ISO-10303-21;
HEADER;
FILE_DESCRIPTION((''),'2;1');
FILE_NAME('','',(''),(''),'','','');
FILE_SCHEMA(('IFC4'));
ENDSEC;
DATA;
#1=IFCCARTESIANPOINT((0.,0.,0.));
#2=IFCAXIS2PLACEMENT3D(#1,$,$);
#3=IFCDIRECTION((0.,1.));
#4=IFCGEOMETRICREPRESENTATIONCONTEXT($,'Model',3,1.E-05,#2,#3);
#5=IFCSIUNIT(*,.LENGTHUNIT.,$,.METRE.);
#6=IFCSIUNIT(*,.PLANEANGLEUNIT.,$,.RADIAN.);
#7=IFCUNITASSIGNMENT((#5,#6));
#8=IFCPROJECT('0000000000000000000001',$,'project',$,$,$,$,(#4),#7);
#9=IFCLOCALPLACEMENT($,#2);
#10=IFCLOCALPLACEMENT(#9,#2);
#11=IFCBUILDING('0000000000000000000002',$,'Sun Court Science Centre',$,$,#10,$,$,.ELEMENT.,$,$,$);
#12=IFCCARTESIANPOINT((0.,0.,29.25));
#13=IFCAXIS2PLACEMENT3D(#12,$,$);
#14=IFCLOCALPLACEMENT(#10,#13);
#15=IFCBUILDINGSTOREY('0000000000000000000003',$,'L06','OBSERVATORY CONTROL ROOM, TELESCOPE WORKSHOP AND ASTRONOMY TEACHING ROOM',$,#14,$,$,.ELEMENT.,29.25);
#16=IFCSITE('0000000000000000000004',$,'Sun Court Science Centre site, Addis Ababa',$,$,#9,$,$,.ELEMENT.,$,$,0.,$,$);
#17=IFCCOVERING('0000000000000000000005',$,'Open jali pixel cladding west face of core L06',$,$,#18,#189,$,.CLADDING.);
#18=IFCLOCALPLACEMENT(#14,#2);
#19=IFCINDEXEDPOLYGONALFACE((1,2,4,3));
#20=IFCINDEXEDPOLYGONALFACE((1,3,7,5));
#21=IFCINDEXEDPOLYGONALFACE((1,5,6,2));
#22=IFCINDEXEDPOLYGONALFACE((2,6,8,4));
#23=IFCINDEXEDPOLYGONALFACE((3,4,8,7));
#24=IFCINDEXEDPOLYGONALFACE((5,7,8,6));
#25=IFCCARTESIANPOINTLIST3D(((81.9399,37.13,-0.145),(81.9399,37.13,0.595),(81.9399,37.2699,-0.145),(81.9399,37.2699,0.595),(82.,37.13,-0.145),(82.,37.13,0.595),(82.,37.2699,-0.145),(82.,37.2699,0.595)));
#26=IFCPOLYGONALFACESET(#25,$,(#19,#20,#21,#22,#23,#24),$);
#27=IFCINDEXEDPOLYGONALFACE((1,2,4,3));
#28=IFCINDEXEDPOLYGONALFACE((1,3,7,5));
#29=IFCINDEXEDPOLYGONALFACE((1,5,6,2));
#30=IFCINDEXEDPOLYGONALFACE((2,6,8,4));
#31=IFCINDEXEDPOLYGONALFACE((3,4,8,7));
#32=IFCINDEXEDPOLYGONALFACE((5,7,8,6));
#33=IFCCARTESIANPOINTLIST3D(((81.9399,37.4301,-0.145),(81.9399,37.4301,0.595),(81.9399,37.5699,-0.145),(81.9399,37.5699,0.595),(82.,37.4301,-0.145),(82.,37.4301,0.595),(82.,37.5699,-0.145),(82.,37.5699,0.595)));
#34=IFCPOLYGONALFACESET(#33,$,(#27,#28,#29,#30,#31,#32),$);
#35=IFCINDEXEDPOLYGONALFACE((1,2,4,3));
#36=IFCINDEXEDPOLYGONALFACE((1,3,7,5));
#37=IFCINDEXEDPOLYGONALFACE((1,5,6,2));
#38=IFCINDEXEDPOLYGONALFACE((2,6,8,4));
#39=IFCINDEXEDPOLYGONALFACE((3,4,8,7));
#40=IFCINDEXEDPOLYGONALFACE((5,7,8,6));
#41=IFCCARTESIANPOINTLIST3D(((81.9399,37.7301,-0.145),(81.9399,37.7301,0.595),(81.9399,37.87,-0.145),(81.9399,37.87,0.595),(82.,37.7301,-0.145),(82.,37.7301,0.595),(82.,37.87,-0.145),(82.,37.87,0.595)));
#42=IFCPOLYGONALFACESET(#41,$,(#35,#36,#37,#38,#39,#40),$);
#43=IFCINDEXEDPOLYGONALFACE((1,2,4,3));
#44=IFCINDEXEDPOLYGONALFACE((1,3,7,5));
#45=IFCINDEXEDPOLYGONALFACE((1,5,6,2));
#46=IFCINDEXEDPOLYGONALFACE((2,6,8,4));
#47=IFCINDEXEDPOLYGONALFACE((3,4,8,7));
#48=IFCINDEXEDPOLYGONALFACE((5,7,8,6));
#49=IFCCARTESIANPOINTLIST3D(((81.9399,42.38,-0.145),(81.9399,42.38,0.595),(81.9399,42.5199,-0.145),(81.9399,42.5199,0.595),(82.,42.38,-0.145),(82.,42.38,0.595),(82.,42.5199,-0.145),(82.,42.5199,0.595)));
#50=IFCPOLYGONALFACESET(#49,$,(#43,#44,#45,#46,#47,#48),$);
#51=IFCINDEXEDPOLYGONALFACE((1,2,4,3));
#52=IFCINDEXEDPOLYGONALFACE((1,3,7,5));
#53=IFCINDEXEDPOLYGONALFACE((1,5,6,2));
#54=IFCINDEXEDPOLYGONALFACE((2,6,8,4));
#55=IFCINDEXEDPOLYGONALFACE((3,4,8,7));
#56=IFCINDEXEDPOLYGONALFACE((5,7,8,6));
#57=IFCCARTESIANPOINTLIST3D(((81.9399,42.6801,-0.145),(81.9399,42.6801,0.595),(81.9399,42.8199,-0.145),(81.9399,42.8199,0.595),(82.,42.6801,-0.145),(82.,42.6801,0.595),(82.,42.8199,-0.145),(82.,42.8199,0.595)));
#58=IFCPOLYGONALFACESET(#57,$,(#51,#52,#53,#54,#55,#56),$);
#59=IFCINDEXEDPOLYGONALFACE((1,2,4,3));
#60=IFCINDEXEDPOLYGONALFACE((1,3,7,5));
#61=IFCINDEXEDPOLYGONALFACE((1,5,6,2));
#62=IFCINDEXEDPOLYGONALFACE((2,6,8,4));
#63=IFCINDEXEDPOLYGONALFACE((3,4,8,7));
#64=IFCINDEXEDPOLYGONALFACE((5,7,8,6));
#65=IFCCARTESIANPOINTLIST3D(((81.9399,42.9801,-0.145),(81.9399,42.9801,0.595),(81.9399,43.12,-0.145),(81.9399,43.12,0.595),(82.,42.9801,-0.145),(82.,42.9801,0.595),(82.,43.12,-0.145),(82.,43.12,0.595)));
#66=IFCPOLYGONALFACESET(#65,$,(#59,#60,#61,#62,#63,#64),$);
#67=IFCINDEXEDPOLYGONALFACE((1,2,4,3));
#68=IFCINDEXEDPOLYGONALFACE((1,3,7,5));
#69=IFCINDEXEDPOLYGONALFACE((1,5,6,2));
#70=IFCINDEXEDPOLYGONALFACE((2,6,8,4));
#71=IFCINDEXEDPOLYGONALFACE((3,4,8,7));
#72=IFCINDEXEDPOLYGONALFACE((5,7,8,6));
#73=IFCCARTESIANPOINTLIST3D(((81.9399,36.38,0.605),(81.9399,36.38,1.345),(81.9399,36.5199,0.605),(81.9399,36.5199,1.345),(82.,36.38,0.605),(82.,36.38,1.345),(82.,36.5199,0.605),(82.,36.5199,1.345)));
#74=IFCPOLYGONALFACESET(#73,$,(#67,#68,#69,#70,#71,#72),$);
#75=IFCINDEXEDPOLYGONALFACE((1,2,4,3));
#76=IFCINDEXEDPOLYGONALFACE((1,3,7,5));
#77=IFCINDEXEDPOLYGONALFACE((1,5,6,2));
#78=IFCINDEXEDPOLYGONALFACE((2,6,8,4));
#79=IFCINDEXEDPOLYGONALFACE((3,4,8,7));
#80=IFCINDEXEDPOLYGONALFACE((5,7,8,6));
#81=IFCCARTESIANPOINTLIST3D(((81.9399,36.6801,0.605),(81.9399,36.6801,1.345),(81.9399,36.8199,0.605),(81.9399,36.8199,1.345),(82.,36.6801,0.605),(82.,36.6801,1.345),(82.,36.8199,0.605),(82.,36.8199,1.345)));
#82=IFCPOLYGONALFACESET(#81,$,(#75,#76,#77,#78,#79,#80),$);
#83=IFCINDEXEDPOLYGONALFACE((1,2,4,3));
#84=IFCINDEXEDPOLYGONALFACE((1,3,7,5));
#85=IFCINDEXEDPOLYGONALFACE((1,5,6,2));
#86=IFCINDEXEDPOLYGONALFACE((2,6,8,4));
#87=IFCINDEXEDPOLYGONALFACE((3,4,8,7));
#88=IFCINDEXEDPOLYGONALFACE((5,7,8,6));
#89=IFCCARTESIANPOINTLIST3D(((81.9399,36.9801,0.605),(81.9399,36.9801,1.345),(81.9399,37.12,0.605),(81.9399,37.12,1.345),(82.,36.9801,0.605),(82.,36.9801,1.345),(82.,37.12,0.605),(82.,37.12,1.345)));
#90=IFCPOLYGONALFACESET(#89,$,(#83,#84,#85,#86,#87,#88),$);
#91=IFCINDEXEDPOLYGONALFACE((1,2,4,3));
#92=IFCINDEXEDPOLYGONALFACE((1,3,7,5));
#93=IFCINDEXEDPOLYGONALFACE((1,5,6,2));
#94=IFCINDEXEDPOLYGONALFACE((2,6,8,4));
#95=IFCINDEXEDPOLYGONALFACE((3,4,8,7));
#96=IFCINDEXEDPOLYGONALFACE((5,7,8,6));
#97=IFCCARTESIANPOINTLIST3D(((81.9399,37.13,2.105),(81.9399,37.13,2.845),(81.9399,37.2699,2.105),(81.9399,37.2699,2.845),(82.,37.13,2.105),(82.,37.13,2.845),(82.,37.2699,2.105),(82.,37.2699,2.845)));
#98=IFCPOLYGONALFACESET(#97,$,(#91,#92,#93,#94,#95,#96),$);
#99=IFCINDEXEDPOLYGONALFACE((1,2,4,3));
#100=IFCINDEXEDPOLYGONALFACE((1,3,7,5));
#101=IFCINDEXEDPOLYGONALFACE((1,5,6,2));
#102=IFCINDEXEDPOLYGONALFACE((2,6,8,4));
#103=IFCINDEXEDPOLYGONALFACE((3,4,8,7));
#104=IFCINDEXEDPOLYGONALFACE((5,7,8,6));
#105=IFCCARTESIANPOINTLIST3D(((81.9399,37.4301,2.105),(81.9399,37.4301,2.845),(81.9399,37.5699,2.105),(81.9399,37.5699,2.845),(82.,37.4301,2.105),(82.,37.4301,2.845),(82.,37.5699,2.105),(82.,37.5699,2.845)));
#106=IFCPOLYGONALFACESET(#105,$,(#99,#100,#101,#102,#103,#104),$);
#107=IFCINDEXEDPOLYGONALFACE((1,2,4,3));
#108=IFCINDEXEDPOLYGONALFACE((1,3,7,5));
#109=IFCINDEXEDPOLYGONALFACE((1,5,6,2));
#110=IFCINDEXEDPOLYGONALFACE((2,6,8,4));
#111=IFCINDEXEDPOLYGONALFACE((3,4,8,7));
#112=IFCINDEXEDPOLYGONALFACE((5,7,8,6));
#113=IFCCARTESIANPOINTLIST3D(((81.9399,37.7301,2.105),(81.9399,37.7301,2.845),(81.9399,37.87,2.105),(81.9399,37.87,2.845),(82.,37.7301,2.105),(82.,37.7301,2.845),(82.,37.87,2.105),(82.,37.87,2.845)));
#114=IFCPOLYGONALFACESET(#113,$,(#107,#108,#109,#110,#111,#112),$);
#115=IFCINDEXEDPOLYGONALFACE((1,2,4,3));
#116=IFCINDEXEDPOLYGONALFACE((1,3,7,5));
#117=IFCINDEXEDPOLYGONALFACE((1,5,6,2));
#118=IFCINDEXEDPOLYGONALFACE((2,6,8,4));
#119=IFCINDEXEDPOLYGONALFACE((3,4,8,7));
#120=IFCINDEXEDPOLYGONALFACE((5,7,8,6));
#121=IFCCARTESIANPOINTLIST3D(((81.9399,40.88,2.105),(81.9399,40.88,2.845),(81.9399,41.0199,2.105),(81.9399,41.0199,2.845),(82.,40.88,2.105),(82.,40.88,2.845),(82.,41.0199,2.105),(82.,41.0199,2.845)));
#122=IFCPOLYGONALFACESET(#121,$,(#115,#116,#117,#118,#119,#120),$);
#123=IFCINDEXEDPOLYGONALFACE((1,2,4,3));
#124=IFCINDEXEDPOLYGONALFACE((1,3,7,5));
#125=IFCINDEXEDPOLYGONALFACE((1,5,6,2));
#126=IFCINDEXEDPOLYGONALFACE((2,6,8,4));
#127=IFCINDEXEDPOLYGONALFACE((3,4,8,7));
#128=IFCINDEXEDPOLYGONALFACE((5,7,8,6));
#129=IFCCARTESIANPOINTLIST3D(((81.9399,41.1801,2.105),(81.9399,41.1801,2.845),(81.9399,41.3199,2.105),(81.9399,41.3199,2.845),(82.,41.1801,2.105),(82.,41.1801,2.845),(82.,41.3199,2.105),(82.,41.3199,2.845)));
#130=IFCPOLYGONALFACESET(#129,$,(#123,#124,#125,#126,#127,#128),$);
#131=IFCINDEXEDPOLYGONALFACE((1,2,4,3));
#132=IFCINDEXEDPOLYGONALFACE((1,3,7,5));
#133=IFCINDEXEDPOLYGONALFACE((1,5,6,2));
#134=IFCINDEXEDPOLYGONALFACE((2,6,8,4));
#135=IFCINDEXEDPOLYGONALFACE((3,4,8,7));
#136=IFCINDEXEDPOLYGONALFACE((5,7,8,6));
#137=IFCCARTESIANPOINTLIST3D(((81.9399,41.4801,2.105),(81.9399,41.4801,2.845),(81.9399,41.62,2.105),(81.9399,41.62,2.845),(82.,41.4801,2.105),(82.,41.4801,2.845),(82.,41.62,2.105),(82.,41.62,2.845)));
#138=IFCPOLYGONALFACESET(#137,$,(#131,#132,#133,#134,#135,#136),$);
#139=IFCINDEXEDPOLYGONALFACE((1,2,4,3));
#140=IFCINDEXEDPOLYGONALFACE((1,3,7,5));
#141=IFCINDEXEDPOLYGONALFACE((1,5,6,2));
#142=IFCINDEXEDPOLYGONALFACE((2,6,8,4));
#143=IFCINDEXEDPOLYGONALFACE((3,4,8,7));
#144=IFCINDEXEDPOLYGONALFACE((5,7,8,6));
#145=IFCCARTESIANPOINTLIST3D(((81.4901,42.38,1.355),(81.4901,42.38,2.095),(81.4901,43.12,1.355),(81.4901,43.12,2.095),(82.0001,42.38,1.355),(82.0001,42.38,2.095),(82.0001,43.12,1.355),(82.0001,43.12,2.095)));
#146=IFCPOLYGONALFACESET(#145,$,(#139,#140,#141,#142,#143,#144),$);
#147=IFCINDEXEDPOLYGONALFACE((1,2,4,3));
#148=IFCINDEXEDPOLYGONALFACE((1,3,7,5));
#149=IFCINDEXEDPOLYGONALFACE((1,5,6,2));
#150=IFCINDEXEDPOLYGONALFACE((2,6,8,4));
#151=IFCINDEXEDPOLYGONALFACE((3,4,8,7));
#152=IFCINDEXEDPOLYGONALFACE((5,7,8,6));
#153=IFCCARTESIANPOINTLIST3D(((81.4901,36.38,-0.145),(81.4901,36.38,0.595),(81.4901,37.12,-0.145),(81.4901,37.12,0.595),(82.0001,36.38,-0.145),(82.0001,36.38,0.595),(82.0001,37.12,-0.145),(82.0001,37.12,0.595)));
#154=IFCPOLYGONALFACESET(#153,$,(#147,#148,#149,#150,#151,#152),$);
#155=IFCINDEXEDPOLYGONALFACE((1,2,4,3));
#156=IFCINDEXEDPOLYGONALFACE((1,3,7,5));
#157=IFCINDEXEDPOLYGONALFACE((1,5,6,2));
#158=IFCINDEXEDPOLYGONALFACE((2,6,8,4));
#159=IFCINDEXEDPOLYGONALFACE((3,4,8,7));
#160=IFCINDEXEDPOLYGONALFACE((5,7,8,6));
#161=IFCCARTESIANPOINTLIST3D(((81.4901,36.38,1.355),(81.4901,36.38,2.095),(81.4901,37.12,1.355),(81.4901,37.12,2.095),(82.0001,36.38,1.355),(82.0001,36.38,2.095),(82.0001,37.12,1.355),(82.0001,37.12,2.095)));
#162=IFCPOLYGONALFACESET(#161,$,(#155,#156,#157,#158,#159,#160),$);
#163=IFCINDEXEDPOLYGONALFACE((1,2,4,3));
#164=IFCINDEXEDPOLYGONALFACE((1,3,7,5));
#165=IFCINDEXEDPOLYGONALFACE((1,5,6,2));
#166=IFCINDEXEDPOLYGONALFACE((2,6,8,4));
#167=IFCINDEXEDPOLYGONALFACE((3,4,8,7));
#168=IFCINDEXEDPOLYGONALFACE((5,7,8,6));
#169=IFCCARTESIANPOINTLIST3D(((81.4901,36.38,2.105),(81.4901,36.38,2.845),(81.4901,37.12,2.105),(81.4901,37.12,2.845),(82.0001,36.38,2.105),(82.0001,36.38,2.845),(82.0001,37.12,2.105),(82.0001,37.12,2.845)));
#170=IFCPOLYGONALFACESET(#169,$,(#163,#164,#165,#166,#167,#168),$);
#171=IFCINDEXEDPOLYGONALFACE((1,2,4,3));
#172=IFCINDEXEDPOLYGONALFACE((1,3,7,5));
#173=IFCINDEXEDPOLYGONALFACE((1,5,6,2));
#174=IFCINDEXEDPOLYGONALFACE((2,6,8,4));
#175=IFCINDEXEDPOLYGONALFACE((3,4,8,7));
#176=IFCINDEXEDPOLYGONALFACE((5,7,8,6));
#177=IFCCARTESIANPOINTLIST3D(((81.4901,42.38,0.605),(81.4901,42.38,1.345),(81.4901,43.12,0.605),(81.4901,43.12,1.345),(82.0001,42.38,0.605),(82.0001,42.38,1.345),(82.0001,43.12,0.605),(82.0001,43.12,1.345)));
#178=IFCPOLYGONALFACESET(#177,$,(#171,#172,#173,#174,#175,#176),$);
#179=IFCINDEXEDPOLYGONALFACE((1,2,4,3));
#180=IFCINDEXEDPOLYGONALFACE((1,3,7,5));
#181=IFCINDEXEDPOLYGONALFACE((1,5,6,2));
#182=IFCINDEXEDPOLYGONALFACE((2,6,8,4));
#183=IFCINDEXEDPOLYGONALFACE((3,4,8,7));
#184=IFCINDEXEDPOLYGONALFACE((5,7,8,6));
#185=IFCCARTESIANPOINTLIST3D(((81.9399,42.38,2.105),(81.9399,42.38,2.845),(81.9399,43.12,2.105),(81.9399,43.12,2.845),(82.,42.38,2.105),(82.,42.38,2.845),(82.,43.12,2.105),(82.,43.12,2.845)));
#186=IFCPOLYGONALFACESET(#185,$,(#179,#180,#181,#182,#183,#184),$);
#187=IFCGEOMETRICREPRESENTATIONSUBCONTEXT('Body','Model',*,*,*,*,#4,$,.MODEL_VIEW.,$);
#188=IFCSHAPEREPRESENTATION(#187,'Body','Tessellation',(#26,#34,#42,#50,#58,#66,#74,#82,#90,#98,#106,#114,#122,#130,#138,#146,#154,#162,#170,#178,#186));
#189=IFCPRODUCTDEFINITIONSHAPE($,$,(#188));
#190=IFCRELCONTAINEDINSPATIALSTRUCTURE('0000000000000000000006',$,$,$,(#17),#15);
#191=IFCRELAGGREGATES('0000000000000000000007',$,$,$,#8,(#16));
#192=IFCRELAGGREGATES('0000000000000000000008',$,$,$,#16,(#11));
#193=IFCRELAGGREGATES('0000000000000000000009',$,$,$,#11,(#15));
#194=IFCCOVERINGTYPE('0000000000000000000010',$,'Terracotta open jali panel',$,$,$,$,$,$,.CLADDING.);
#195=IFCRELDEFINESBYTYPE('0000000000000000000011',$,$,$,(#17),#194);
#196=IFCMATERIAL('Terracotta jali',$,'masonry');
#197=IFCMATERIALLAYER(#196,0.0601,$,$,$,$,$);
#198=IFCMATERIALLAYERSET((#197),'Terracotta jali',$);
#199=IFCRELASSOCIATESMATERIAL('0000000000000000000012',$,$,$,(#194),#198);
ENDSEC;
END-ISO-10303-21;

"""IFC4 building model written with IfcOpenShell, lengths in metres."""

from ifc_helpers import new_model, si_unit, direction, frame, origin, origin_2d, place, context, subcontext, project, spatial, rectangle, extrude, material, layer, layer_set, type_object, element, save


model = new_model("IFC4")

# Units and contexts
model_context = context("Model", 3, precision=1e-05, world=origin(), true_north=direction((0.0, 1.0)))
body_context = subcontext(model_context, "Body", "Model", "MODEL_VIEW")
ifc_project = project(units=[si_unit("LENGTHUNIT", "METRE"), si_unit("PLANEANGLEUNIT", "RADIAN")], contexts=[model_context])

# Site, building, storey
site_placement = place(None, origin())
site = spatial("IfcSite", under=ifc_project, at=site_placement, Name="Sun Court Science Centre site, Addis Ababa", CompositionType="ELEMENT", RefElevation=0.0)
building_placement = place(site_placement, origin())
building = spatial("IfcBuilding", under=site, at=building_placement, Name="Sun Court Science Centre", CompositionType="ELEMENT")
storey_placement = place(building_placement, frame((0.0, 0.0, 29.25)))
storey = spatial("IfcBuildingStorey", under=building, at=storey_placement, Name="L06", Description="OBSERVATORY CONTROL ROOM, TELESCOPE WORKSHOP AND ASTRONOMY TEACHING ROOM", CompositionType="ELEMENT", Elevation=29.25)

# Covering
ifc_material_1 = material(Name="Terracotta jali", Category="masonry")
ifc_layer_1 = layer(ifc_material_1, 0.0601)
ifc_layer_set_1 = layer_set([ifc_layer_1], Name="Terracotta jali")
covering_type_1 = type_object("IfcCoveringType", Name="Terracotta open jali panel", PredefinedType="CLADDING", material=ifc_layer_set_1)
covering_1_placement = place(storey_placement, frame((0.0, 0.0, -29.25)))
element("IfcCovering", 1, at=covering_1_placement, inside=storey, type_object=covering_type_1, Name="Open jali pixel cladding west face of core L06", PredefinedType="CLADDING", context=body_context, shape_type="SweptSolid", body=[
    extrude(rectangle(XDim=0.1399, YDim=0.0601, at=origin_2d()), frame((81.97, 37.2, 29.105), z_axis=(0.0, 0.0, 1.0), x_axis=(0.0, 1.0, 0.0)), (0.0, 0.0, 1.0), 0.74),
    extrude(rectangle(XDim=0.1399, YDim=0.0601, at=origin_2d()), frame((81.97, 37.5, 29.105), z_axis=(0.0, 0.0, 1.0), x_axis=(0.0, 1.0, 0.0)), (0.0, 0.0, 1.0), 0.74),
    extrude(rectangle(XDim=0.1399, YDim=0.0601, at=origin_2d()), frame((81.97, 37.8, 29.105), z_axis=(0.0, 0.0, 1.0), x_axis=(0.0, 1.0, 0.0)), (0.0, 0.0, 1.0), 0.74),
    extrude(rectangle(XDim=0.1399, YDim=0.0601, at=origin_2d()), frame((81.97, 42.45, 29.105), z_axis=(0.0, 0.0, 1.0), x_axis=(0.0, 1.0, 0.0)), (0.0, 0.0, 1.0), 0.74),
    extrude(rectangle(XDim=0.1399, YDim=0.0601, at=origin_2d()), frame((81.97, 42.75, 29.105), z_axis=(0.0, 0.0, 1.0), x_axis=(0.0, 1.0, 0.0)), (0.0, 0.0, 1.0), 0.74),
    extrude(rectangle(XDim=0.1399, YDim=0.0601, at=origin_2d()), frame((81.97, 43.05, 29.105), z_axis=(0.0, 0.0, 1.0), x_axis=(0.0, 1.0, 0.0)), (0.0, 0.0, 1.0), 0.74),
    extrude(rectangle(XDim=0.1399, YDim=0.0601, at=origin_2d()), frame((81.97, 36.45, 29.855), z_axis=(0.0, 0.0, 1.0), x_axis=(0.0, 1.0, 0.0)), (0.0, 0.0, 1.0), 0.74),
    extrude(rectangle(XDim=0.1399, YDim=0.0601, at=origin_2d()), frame((81.97, 36.75, 29.855), z_axis=(0.0, 0.0, 1.0), x_axis=(0.0, 1.0, 0.0)), (0.0, 0.0, 1.0), 0.74),
    extrude(rectangle(XDim=0.1399, YDim=0.0601, at=origin_2d()), frame((81.97, 37.05, 29.855), z_axis=(0.0, 0.0, 1.0), x_axis=(0.0, 1.0, 0.0)), (0.0, 0.0, 1.0), 0.74),
    extrude(rectangle(XDim=0.1399, YDim=0.0601, at=origin_2d()), frame((81.97, 37.2, 31.355), z_axis=(0.0, 0.0, 1.0), x_axis=(0.0, 1.0, 0.0)), (0.0, 0.0, 1.0), 0.74),
    extrude(rectangle(XDim=0.1399, YDim=0.0601, at=origin_2d()), frame((81.97, 37.5, 31.355), z_axis=(0.0, 0.0, 1.0), x_axis=(0.0, 1.0, 0.0)), (0.0, 0.0, 1.0), 0.74),
    extrude(rectangle(XDim=0.1399, YDim=0.0601, at=origin_2d()), frame((81.97, 37.8, 31.355), z_axis=(0.0, 0.0, 1.0), x_axis=(0.0, 1.0, 0.0)), (0.0, 0.0, 1.0), 0.74),
    extrude(rectangle(XDim=0.1399, YDim=0.0601, at=origin_2d()), frame((81.97, 40.95, 31.355), z_axis=(0.0, 0.0, 1.0), x_axis=(0.0, 1.0, 0.0)), (0.0, 0.0, 1.0), 0.74),
    extrude(rectangle(XDim=0.1399, YDim=0.0601, at=origin_2d()), frame((81.97, 41.25, 31.355), z_axis=(0.0, 0.0, 1.0), x_axis=(0.0, 1.0, 0.0)), (0.0, 0.0, 1.0), 0.74),
    extrude(rectangle(XDim=0.1399, YDim=0.0601, at=origin_2d()), frame((81.97, 41.55, 31.355), z_axis=(0.0, 0.0, 1.0), x_axis=(0.0, 1.0, 0.0)), (0.0, 0.0, 1.0), 0.74),
    extrude(rectangle(XDim=0.74, YDim=0.51, at=origin_2d()), frame((81.7451, 42.75, 30.605), z_axis=(0.0, 0.0, 1.0), x_axis=(0.0, 1.0, 0.0)), (0.0, 0.0, 1.0), 0.74),
    extrude(rectangle(XDim=0.74, YDim=0.51, at=origin_2d()), frame((81.7451, 36.75, 29.105), z_axis=(0.0, 0.0, 1.0), x_axis=(0.0, 1.0, 0.0)), (0.0, 0.0, 1.0), 0.74),
    extrude(rectangle(XDim=0.74, YDim=0.51, at=origin_2d()), frame((81.7451, 36.75, 30.605), z_axis=(0.0, 0.0, 1.0), x_axis=(0.0, 1.0, 0.0)), (0.0, 0.0, 1.0), 0.74),
    extrude(rectangle(XDim=0.74, YDim=0.51, at=origin_2d()), frame((81.7451, 36.75, 31.355), z_axis=(0.0, 0.0, 1.0), x_axis=(0.0, 1.0, 0.0)), (0.0, 0.0, 1.0), 0.74),
    extrude(rectangle(XDim=0.74, YDim=0.51, at=origin_2d()), frame((81.7451, 42.75, 29.855), z_axis=(0.0, 0.0, 1.0), x_axis=(0.0, 1.0, 0.0)), (0.0, 0.0, 1.0), 0.74),
    extrude(rectangle(XDim=0.74, YDim=0.0601, at=origin_2d()), frame((81.97, 42.75, 31.355), z_axis=(0.0, 0.0, 1.0), x_axis=(0.0, 1.0, 0.0)), (0.0, 0.0, 1.0), 0.74),
])

save(model, "model.ifc")
